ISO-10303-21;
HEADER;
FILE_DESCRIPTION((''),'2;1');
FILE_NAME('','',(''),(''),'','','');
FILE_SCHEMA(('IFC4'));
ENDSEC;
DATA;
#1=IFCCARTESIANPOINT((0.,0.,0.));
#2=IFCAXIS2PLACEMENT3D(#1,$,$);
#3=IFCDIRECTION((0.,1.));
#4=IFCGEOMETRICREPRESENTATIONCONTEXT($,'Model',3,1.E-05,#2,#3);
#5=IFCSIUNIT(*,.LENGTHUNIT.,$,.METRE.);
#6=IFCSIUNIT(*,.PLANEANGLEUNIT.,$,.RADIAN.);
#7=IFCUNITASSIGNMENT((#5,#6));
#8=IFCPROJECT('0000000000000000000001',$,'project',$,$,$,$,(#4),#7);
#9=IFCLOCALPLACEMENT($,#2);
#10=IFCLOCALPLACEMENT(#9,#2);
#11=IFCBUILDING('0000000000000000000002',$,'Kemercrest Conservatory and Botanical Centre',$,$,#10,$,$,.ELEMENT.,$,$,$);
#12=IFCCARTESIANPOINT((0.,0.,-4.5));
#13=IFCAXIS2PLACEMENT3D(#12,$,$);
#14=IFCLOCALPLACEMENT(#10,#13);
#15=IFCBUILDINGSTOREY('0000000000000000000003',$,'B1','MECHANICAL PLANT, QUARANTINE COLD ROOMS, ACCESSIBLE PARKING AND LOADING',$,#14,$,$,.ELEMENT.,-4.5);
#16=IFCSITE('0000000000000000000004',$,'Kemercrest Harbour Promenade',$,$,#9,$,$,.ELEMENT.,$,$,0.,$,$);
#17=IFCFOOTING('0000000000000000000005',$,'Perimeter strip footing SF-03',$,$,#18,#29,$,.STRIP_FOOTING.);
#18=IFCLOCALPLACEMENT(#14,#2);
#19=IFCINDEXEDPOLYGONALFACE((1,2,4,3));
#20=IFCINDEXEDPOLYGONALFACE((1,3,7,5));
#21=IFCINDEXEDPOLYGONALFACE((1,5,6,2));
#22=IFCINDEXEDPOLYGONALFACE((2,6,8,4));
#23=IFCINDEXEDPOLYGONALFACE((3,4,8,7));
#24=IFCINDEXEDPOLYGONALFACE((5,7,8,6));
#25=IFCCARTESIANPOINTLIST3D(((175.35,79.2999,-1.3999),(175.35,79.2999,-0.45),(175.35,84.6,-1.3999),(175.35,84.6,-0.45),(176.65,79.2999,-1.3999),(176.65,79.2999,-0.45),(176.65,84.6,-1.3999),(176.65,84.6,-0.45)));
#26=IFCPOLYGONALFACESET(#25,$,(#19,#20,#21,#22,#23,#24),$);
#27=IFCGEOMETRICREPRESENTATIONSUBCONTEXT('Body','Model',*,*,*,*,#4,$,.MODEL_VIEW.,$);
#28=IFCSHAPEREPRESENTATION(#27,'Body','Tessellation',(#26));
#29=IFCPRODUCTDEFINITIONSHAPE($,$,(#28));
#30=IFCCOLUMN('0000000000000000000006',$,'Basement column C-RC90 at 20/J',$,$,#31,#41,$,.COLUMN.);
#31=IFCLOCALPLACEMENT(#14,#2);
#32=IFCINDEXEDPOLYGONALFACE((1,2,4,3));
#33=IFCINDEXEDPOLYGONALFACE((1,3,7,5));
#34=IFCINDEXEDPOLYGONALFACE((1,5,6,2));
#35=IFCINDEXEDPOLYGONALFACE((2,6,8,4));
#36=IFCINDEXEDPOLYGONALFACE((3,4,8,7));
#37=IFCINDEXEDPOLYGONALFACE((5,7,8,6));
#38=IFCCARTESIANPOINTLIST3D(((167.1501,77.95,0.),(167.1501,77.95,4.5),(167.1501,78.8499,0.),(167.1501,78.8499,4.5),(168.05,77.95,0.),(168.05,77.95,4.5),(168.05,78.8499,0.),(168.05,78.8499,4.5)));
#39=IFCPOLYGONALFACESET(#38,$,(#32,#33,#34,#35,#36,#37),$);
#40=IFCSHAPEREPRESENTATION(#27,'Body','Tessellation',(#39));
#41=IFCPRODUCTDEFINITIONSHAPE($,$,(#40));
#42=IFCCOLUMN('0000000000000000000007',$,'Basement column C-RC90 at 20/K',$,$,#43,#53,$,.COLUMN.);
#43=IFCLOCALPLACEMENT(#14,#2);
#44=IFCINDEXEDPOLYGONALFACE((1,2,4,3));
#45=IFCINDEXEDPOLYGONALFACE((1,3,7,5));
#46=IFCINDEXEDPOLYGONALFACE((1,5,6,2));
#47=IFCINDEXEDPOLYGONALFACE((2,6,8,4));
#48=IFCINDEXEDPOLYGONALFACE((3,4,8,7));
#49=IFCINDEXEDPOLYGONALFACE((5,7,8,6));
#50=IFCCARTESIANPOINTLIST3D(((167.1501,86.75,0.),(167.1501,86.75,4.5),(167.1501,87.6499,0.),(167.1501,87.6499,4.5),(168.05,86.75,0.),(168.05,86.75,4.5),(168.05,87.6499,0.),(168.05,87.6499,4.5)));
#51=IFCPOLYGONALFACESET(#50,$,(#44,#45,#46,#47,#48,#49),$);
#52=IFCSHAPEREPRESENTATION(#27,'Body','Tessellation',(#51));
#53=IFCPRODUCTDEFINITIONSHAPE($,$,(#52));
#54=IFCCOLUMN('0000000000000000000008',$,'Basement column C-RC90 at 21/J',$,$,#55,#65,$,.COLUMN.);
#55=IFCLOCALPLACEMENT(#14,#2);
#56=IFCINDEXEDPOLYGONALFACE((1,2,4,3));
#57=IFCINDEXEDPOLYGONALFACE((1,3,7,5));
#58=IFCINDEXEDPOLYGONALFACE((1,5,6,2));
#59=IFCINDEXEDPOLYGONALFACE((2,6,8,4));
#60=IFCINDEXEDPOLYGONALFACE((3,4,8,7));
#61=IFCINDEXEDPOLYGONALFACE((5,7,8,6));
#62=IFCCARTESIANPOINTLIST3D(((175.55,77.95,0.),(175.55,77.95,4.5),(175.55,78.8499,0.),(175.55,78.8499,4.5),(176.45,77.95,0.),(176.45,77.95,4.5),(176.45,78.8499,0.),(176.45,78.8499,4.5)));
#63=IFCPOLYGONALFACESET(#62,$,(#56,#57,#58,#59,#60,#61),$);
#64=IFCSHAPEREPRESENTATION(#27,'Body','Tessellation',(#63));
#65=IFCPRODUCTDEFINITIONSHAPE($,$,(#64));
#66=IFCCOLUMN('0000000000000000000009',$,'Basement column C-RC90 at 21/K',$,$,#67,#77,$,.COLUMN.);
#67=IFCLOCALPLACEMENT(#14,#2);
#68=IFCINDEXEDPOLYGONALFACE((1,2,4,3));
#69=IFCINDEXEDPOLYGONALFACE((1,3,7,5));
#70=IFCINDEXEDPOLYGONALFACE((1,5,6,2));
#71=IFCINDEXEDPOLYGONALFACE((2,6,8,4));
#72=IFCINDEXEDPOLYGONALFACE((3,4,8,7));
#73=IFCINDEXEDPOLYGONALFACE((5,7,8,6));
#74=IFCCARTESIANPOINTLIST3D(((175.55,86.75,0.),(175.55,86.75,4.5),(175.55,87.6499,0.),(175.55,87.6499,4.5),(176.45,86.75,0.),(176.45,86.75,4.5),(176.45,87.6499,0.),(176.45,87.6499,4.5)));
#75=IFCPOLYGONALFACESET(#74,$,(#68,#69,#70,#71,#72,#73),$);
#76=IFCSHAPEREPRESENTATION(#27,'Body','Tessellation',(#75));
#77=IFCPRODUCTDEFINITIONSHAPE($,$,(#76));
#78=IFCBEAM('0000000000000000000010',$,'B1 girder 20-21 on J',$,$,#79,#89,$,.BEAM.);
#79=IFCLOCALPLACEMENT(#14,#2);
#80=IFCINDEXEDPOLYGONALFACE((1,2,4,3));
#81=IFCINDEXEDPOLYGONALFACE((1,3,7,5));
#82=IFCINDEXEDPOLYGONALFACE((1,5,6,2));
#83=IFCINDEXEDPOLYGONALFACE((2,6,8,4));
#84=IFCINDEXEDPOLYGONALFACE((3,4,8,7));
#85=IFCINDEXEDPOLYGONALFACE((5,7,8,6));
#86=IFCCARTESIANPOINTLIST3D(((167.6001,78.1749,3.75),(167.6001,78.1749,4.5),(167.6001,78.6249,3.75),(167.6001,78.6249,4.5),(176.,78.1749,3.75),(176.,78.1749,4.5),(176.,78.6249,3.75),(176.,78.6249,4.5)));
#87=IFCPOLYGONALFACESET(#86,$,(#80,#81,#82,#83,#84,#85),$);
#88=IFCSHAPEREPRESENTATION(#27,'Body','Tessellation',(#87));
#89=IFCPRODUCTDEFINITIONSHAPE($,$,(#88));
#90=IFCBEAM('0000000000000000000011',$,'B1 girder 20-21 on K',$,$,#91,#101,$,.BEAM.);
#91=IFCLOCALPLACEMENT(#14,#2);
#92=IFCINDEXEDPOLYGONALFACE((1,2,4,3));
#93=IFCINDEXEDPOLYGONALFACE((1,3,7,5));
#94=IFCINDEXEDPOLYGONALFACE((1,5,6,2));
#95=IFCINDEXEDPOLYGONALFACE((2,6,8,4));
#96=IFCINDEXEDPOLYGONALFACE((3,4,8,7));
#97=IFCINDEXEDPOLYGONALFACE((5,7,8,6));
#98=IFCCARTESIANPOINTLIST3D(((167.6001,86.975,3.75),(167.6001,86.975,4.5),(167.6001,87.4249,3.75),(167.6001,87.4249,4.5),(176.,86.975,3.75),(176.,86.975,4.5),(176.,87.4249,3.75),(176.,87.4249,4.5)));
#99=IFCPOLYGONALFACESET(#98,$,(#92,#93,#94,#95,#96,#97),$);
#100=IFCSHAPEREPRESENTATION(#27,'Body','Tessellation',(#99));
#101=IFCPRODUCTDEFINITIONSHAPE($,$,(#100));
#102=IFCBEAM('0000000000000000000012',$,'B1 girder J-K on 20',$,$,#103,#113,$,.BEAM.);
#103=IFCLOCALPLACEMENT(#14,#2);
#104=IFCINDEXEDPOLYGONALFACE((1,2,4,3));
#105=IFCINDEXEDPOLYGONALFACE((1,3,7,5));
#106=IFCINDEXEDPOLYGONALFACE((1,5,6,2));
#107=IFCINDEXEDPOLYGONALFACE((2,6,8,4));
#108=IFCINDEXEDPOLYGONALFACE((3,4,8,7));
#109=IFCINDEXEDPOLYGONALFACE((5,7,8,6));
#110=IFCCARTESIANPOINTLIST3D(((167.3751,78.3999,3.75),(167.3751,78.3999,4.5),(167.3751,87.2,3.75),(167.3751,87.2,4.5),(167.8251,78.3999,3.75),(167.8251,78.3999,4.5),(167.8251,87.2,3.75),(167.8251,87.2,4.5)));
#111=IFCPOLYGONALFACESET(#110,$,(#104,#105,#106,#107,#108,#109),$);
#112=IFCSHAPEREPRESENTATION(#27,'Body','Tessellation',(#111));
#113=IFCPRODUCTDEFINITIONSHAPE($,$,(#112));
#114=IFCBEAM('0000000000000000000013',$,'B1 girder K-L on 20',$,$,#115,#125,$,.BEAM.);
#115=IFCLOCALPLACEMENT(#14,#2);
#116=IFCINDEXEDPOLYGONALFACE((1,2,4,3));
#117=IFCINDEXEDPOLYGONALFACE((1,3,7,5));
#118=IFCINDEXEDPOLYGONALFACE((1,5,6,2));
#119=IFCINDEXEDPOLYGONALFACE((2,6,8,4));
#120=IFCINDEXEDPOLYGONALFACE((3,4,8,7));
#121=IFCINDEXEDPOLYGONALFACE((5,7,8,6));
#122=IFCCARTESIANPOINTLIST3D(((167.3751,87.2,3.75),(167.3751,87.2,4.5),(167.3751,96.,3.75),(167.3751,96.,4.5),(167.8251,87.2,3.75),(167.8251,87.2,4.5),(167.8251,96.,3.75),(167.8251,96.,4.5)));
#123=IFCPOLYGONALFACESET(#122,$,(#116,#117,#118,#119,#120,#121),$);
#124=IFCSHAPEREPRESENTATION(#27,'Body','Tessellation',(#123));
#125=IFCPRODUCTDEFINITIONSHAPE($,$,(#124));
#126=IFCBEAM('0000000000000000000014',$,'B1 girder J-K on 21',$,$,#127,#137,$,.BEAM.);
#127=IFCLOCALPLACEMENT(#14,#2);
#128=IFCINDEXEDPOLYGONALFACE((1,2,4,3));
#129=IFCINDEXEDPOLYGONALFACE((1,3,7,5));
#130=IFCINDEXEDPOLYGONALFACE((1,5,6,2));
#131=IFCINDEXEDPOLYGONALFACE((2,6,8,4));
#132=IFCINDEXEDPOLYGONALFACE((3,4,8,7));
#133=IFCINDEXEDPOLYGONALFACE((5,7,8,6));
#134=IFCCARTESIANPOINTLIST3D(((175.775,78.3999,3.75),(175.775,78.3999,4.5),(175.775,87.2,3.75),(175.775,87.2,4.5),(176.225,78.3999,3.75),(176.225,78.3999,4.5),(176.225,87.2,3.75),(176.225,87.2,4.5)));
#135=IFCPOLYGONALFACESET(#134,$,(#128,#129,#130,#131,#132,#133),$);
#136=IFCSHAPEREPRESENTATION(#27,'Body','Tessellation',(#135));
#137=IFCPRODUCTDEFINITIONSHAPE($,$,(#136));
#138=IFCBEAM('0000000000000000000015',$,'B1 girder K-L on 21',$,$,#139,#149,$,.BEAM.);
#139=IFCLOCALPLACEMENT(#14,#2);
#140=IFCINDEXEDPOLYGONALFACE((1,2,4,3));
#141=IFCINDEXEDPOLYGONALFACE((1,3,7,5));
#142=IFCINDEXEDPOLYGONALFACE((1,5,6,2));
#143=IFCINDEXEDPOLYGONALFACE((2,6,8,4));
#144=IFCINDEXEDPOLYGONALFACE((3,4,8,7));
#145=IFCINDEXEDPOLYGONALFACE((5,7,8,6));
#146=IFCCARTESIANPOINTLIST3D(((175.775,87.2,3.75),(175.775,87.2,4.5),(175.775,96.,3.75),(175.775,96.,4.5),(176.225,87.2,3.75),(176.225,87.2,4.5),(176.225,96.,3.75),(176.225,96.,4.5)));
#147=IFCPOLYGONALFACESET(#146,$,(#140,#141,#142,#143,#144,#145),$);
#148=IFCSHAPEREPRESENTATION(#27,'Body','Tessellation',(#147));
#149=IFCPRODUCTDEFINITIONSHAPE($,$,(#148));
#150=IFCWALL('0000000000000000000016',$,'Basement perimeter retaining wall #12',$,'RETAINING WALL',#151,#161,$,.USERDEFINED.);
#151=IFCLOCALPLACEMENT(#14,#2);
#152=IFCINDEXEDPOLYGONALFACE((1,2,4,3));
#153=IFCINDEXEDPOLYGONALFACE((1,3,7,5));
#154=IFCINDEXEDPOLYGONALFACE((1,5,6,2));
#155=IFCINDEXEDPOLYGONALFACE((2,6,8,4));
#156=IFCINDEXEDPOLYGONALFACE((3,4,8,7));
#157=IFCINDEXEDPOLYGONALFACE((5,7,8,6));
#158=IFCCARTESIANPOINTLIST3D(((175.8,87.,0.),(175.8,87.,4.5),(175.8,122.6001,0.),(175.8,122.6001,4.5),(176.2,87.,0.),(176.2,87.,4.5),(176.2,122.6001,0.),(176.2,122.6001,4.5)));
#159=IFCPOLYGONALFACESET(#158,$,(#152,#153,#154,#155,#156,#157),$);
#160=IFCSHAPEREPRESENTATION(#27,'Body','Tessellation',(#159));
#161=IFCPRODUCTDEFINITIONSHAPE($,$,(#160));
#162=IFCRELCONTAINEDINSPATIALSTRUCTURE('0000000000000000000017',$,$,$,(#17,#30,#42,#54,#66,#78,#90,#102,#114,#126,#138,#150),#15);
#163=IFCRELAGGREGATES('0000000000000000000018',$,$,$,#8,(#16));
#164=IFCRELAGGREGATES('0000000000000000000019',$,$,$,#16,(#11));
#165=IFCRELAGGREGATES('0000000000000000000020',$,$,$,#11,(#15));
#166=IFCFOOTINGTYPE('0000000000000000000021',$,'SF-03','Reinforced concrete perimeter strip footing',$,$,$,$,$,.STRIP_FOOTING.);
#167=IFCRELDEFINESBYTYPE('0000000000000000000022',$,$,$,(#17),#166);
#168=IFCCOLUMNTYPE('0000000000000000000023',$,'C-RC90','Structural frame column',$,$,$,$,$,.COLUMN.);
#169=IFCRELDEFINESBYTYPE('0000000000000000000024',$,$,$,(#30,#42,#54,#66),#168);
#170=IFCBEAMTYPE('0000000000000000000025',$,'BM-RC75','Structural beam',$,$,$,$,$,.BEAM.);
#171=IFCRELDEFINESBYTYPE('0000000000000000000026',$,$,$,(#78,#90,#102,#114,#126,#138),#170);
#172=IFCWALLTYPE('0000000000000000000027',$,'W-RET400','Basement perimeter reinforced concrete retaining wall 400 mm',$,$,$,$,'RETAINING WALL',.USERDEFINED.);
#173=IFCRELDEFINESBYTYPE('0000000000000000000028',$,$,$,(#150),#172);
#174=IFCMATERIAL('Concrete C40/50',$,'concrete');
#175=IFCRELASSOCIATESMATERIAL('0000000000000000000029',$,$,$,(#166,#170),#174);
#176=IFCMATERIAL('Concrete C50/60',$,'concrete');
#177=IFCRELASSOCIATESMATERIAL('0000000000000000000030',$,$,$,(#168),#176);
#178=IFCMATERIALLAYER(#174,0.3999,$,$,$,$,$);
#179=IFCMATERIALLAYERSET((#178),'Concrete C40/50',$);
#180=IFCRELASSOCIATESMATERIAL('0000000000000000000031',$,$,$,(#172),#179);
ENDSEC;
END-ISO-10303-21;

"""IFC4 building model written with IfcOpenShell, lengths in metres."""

from ifc_helpers import new_model, si_unit, direction, frame, frame_2d, origin, origin_2d, place, context, subcontext, project, spatial, rectangle, extrude, material, layer, layer_set, material_profile, profile_set, type_object, element, save


model = new_model("IFC4")

# Units and contexts
model_context = context("Model", 3, precision=1e-05, world=origin(), true_north=direction((0.0, 1.0)))
body_context = subcontext(model_context, "Body", "Model", "MODEL_VIEW")
ifc_project = project(units=[si_unit("LENGTHUNIT", "METRE"), si_unit("PLANEANGLEUNIT", "RADIAN")], contexts=[model_context])

# Site, building, storey
site_placement = place(None, origin())
site = spatial("IfcSite", under=ifc_project, at=site_placement, Name="Kemercrest Harbour Promenade", CompositionType="ELEMENT", RefElevation=0.0)
building_placement = place(site_placement, origin())
building = spatial("IfcBuilding", under=site, at=building_placement, Name="Kemercrest Conservatory and Botanical Centre", CompositionType="ELEMENT")
storey_placement = place(building_placement, frame((0.0, 0.0, -4.5)))
storey = spatial("IfcBuildingStorey", under=building, at=storey_placement, Name="B1", Description="MECHANICAL PLANT, QUARANTINE COLD ROOMS, ACCESSIBLE PARKING AND LOADING", CompositionType="ELEMENT", Elevation=-4.5)

# Shared definitions
ifc_material_1 = material(Name="Concrete C40/50", Category="concrete")

# Footing
footing_type_1 = type_object("IfcFootingType", Name="SF-03", Description="Reinforced concrete perimeter strip footing", PredefinedType="STRIP_FOOTING", material=ifc_material_1)
footing_1_placement = place(storey_placement, frame((176.0, 81.95, -1.3999), z_axis=(0.0, 0.0, 1.0), x_axis=(1.0, 0.0, 0.0)))
element("IfcFooting", 1, at=footing_1_placement, inside=storey, type_object=footing_type_1, Name="Perimeter strip footing SF-03", PredefinedType="STRIP_FOOTING", context=body_context, shape_type="SweptSolid", body=[
    extrude(rectangle(XDim=1.3, YDim=5.3, at=origin_2d()), origin(), (0.0, 0.0, 1.0), 0.95),
])

# Columns
ifc_material_2 = material(Name="Concrete C50/60", Category="concrete")
ifc_material_profile_1 = material_profile(ifc_material_2, rectangle(XDim=0.8999, YDim=0.8999, at=origin_2d()), Name="RC 900x900")
ifc_profile_set_1 = profile_set([ifc_material_profile_1], Name="Concrete C50/60")
column_type = type_object("IfcColumnType", Name="C-RC90", Description="Structural frame column", PredefinedType="COLUMN", material=ifc_profile_set_1)
for number, where, z_axis, x_axis, name in (
    (2, (167.6001, 78.3999, 0.0), (0.0, 0.0, 1.0), (1.0, 0.0, 0.0), "Basement column C-RC90 at 20/J"),
    (3, (167.6001, 87.2, 0.0), (0.0, 0.0, 1.0), (1.0, 0.0, 0.0), "Basement column C-RC90 at 20/K"),
    (4, (176.0, 78.3999, 0.0), (0.0, 0.0, 1.0), (1.0, 0.0, 0.0), "Basement column C-RC90 at 21/J"),
    (5, (176.0, 87.2, 0.0), (0.0, 0.0, 1.0), (1.0, 0.0, 0.0), "Basement column C-RC90 at 21/K"),
):
    element("IfcColumn", number, at=place(storey_placement, frame(where, z_axis=z_axis, x_axis=x_axis)), inside=storey, type_object=column_type, Name=name, PredefinedType="COLUMN", context=body_context, shape_type="SweptSolid", body=[
        extrude(rectangle(XDim=0.8999, YDim=0.8999, at=origin_2d()), origin(), (0.0, 0.0, 1.0), 4.5),
    ])

# Beams
ifc_material_profile_2 = material_profile(ifc_material_1, rectangle(XDim=0.45, YDim=0.75, at=origin_2d()), Name="RC 450x750")
ifc_profile_set_2 = profile_set([ifc_material_profile_2], Name="Concrete C40/50")
beam_type = type_object("IfcBeamType", Name="BM-RC75", Description="Structural beam", PredefinedType="BEAM", material=ifc_profile_set_2)
for number, where, z_axis, x_axis, name in (
    (6, (167.6001, 78.3999, 4.125), (1.0, 0.0, 0.0), (0.0, 1.0, 0.0), "B1 girder 20-21 on J"),
    (7, (167.6001, 87.2, 4.125), (1.0, 0.0, 0.0), (0.0, 1.0, 0.0), "B1 girder 20-21 on K"),
):
    element("IfcBeam", number, at=place(storey_placement, frame(where, z_axis=z_axis, x_axis=x_axis)), inside=storey, type_object=beam_type, Name=name, PredefinedType="BEAM", context=body_context, shape_type="SweptSolid", body=[
        extrude(rectangle(XDim=0.45, YDim=0.75, at=origin_2d()), origin(), (0.0, 0.0, 1.0), 8.3999),
    ])
for number, where, z_axis, x_axis, name in (
    (8, (167.6001, 78.3999, 4.125), (0.0, 1.0, 0.0), (-1.0, 0.0, 0.0), "B1 girder J-K on 20"),
    (9, (167.6001, 87.2, 4.125), (0.0, 1.0, 0.0), (-1.0, 0.0, 0.0), "B1 girder K-L on 20"),
    (10, (176.0, 78.3999, 4.125), (0.0, 1.0, 0.0), (-1.0, 0.0, 0.0), "B1 girder J-K on 21"),
    (11, (176.0, 87.2, 4.125), (0.0, 1.0, 0.0), (-1.0, 0.0, 0.0), "B1 girder K-L on 21"),
):
    element("IfcBeam", number, at=place(storey_placement, frame(where, z_axis=z_axis, x_axis=x_axis)), inside=storey, type_object=beam_type, Name=name, PredefinedType="BEAM", context=body_context, shape_type="SweptSolid", body=[
        extrude(rectangle(XDim=0.45, YDim=0.75, at=origin_2d()), origin(), (0.0, 0.0, 1.0), 8.8),
    ])

# Wall
ifc_layer = layer(ifc_material_1, 0.3999)
ifc_layer_set = layer_set([ifc_layer], Name="Concrete C40/50")
wall_type = type_object("IfcWallType", Name="W-RET400", Description="Basement perimeter reinforced concrete retaining wall 400 mm", ElementType="RETAINING WALL", PredefinedType="USERDEFINED", material=ifc_layer_set)
wall_placement = place(storey_placement, frame((176.0, 87.0, 0.0), z_axis=(0.0, 0.0, 1.0), x_axis=(0.0, 1.0, 0.0)))
element("IfcWall", 12, at=wall_placement, inside=storey, type_object=wall_type, Name="Basement perimeter retaining wall #12", ObjectType="RETAINING WALL", PredefinedType="USERDEFINED", context=body_context, shape_type="SweptSolid", body=[
    extrude(rectangle(XDim=35.6001, YDim=0.3999, at=frame_2d((17.8, 0.0))), origin(), (0.0, 0.0, 1.0), 4.5),
])

save(model, "model.ifc")
